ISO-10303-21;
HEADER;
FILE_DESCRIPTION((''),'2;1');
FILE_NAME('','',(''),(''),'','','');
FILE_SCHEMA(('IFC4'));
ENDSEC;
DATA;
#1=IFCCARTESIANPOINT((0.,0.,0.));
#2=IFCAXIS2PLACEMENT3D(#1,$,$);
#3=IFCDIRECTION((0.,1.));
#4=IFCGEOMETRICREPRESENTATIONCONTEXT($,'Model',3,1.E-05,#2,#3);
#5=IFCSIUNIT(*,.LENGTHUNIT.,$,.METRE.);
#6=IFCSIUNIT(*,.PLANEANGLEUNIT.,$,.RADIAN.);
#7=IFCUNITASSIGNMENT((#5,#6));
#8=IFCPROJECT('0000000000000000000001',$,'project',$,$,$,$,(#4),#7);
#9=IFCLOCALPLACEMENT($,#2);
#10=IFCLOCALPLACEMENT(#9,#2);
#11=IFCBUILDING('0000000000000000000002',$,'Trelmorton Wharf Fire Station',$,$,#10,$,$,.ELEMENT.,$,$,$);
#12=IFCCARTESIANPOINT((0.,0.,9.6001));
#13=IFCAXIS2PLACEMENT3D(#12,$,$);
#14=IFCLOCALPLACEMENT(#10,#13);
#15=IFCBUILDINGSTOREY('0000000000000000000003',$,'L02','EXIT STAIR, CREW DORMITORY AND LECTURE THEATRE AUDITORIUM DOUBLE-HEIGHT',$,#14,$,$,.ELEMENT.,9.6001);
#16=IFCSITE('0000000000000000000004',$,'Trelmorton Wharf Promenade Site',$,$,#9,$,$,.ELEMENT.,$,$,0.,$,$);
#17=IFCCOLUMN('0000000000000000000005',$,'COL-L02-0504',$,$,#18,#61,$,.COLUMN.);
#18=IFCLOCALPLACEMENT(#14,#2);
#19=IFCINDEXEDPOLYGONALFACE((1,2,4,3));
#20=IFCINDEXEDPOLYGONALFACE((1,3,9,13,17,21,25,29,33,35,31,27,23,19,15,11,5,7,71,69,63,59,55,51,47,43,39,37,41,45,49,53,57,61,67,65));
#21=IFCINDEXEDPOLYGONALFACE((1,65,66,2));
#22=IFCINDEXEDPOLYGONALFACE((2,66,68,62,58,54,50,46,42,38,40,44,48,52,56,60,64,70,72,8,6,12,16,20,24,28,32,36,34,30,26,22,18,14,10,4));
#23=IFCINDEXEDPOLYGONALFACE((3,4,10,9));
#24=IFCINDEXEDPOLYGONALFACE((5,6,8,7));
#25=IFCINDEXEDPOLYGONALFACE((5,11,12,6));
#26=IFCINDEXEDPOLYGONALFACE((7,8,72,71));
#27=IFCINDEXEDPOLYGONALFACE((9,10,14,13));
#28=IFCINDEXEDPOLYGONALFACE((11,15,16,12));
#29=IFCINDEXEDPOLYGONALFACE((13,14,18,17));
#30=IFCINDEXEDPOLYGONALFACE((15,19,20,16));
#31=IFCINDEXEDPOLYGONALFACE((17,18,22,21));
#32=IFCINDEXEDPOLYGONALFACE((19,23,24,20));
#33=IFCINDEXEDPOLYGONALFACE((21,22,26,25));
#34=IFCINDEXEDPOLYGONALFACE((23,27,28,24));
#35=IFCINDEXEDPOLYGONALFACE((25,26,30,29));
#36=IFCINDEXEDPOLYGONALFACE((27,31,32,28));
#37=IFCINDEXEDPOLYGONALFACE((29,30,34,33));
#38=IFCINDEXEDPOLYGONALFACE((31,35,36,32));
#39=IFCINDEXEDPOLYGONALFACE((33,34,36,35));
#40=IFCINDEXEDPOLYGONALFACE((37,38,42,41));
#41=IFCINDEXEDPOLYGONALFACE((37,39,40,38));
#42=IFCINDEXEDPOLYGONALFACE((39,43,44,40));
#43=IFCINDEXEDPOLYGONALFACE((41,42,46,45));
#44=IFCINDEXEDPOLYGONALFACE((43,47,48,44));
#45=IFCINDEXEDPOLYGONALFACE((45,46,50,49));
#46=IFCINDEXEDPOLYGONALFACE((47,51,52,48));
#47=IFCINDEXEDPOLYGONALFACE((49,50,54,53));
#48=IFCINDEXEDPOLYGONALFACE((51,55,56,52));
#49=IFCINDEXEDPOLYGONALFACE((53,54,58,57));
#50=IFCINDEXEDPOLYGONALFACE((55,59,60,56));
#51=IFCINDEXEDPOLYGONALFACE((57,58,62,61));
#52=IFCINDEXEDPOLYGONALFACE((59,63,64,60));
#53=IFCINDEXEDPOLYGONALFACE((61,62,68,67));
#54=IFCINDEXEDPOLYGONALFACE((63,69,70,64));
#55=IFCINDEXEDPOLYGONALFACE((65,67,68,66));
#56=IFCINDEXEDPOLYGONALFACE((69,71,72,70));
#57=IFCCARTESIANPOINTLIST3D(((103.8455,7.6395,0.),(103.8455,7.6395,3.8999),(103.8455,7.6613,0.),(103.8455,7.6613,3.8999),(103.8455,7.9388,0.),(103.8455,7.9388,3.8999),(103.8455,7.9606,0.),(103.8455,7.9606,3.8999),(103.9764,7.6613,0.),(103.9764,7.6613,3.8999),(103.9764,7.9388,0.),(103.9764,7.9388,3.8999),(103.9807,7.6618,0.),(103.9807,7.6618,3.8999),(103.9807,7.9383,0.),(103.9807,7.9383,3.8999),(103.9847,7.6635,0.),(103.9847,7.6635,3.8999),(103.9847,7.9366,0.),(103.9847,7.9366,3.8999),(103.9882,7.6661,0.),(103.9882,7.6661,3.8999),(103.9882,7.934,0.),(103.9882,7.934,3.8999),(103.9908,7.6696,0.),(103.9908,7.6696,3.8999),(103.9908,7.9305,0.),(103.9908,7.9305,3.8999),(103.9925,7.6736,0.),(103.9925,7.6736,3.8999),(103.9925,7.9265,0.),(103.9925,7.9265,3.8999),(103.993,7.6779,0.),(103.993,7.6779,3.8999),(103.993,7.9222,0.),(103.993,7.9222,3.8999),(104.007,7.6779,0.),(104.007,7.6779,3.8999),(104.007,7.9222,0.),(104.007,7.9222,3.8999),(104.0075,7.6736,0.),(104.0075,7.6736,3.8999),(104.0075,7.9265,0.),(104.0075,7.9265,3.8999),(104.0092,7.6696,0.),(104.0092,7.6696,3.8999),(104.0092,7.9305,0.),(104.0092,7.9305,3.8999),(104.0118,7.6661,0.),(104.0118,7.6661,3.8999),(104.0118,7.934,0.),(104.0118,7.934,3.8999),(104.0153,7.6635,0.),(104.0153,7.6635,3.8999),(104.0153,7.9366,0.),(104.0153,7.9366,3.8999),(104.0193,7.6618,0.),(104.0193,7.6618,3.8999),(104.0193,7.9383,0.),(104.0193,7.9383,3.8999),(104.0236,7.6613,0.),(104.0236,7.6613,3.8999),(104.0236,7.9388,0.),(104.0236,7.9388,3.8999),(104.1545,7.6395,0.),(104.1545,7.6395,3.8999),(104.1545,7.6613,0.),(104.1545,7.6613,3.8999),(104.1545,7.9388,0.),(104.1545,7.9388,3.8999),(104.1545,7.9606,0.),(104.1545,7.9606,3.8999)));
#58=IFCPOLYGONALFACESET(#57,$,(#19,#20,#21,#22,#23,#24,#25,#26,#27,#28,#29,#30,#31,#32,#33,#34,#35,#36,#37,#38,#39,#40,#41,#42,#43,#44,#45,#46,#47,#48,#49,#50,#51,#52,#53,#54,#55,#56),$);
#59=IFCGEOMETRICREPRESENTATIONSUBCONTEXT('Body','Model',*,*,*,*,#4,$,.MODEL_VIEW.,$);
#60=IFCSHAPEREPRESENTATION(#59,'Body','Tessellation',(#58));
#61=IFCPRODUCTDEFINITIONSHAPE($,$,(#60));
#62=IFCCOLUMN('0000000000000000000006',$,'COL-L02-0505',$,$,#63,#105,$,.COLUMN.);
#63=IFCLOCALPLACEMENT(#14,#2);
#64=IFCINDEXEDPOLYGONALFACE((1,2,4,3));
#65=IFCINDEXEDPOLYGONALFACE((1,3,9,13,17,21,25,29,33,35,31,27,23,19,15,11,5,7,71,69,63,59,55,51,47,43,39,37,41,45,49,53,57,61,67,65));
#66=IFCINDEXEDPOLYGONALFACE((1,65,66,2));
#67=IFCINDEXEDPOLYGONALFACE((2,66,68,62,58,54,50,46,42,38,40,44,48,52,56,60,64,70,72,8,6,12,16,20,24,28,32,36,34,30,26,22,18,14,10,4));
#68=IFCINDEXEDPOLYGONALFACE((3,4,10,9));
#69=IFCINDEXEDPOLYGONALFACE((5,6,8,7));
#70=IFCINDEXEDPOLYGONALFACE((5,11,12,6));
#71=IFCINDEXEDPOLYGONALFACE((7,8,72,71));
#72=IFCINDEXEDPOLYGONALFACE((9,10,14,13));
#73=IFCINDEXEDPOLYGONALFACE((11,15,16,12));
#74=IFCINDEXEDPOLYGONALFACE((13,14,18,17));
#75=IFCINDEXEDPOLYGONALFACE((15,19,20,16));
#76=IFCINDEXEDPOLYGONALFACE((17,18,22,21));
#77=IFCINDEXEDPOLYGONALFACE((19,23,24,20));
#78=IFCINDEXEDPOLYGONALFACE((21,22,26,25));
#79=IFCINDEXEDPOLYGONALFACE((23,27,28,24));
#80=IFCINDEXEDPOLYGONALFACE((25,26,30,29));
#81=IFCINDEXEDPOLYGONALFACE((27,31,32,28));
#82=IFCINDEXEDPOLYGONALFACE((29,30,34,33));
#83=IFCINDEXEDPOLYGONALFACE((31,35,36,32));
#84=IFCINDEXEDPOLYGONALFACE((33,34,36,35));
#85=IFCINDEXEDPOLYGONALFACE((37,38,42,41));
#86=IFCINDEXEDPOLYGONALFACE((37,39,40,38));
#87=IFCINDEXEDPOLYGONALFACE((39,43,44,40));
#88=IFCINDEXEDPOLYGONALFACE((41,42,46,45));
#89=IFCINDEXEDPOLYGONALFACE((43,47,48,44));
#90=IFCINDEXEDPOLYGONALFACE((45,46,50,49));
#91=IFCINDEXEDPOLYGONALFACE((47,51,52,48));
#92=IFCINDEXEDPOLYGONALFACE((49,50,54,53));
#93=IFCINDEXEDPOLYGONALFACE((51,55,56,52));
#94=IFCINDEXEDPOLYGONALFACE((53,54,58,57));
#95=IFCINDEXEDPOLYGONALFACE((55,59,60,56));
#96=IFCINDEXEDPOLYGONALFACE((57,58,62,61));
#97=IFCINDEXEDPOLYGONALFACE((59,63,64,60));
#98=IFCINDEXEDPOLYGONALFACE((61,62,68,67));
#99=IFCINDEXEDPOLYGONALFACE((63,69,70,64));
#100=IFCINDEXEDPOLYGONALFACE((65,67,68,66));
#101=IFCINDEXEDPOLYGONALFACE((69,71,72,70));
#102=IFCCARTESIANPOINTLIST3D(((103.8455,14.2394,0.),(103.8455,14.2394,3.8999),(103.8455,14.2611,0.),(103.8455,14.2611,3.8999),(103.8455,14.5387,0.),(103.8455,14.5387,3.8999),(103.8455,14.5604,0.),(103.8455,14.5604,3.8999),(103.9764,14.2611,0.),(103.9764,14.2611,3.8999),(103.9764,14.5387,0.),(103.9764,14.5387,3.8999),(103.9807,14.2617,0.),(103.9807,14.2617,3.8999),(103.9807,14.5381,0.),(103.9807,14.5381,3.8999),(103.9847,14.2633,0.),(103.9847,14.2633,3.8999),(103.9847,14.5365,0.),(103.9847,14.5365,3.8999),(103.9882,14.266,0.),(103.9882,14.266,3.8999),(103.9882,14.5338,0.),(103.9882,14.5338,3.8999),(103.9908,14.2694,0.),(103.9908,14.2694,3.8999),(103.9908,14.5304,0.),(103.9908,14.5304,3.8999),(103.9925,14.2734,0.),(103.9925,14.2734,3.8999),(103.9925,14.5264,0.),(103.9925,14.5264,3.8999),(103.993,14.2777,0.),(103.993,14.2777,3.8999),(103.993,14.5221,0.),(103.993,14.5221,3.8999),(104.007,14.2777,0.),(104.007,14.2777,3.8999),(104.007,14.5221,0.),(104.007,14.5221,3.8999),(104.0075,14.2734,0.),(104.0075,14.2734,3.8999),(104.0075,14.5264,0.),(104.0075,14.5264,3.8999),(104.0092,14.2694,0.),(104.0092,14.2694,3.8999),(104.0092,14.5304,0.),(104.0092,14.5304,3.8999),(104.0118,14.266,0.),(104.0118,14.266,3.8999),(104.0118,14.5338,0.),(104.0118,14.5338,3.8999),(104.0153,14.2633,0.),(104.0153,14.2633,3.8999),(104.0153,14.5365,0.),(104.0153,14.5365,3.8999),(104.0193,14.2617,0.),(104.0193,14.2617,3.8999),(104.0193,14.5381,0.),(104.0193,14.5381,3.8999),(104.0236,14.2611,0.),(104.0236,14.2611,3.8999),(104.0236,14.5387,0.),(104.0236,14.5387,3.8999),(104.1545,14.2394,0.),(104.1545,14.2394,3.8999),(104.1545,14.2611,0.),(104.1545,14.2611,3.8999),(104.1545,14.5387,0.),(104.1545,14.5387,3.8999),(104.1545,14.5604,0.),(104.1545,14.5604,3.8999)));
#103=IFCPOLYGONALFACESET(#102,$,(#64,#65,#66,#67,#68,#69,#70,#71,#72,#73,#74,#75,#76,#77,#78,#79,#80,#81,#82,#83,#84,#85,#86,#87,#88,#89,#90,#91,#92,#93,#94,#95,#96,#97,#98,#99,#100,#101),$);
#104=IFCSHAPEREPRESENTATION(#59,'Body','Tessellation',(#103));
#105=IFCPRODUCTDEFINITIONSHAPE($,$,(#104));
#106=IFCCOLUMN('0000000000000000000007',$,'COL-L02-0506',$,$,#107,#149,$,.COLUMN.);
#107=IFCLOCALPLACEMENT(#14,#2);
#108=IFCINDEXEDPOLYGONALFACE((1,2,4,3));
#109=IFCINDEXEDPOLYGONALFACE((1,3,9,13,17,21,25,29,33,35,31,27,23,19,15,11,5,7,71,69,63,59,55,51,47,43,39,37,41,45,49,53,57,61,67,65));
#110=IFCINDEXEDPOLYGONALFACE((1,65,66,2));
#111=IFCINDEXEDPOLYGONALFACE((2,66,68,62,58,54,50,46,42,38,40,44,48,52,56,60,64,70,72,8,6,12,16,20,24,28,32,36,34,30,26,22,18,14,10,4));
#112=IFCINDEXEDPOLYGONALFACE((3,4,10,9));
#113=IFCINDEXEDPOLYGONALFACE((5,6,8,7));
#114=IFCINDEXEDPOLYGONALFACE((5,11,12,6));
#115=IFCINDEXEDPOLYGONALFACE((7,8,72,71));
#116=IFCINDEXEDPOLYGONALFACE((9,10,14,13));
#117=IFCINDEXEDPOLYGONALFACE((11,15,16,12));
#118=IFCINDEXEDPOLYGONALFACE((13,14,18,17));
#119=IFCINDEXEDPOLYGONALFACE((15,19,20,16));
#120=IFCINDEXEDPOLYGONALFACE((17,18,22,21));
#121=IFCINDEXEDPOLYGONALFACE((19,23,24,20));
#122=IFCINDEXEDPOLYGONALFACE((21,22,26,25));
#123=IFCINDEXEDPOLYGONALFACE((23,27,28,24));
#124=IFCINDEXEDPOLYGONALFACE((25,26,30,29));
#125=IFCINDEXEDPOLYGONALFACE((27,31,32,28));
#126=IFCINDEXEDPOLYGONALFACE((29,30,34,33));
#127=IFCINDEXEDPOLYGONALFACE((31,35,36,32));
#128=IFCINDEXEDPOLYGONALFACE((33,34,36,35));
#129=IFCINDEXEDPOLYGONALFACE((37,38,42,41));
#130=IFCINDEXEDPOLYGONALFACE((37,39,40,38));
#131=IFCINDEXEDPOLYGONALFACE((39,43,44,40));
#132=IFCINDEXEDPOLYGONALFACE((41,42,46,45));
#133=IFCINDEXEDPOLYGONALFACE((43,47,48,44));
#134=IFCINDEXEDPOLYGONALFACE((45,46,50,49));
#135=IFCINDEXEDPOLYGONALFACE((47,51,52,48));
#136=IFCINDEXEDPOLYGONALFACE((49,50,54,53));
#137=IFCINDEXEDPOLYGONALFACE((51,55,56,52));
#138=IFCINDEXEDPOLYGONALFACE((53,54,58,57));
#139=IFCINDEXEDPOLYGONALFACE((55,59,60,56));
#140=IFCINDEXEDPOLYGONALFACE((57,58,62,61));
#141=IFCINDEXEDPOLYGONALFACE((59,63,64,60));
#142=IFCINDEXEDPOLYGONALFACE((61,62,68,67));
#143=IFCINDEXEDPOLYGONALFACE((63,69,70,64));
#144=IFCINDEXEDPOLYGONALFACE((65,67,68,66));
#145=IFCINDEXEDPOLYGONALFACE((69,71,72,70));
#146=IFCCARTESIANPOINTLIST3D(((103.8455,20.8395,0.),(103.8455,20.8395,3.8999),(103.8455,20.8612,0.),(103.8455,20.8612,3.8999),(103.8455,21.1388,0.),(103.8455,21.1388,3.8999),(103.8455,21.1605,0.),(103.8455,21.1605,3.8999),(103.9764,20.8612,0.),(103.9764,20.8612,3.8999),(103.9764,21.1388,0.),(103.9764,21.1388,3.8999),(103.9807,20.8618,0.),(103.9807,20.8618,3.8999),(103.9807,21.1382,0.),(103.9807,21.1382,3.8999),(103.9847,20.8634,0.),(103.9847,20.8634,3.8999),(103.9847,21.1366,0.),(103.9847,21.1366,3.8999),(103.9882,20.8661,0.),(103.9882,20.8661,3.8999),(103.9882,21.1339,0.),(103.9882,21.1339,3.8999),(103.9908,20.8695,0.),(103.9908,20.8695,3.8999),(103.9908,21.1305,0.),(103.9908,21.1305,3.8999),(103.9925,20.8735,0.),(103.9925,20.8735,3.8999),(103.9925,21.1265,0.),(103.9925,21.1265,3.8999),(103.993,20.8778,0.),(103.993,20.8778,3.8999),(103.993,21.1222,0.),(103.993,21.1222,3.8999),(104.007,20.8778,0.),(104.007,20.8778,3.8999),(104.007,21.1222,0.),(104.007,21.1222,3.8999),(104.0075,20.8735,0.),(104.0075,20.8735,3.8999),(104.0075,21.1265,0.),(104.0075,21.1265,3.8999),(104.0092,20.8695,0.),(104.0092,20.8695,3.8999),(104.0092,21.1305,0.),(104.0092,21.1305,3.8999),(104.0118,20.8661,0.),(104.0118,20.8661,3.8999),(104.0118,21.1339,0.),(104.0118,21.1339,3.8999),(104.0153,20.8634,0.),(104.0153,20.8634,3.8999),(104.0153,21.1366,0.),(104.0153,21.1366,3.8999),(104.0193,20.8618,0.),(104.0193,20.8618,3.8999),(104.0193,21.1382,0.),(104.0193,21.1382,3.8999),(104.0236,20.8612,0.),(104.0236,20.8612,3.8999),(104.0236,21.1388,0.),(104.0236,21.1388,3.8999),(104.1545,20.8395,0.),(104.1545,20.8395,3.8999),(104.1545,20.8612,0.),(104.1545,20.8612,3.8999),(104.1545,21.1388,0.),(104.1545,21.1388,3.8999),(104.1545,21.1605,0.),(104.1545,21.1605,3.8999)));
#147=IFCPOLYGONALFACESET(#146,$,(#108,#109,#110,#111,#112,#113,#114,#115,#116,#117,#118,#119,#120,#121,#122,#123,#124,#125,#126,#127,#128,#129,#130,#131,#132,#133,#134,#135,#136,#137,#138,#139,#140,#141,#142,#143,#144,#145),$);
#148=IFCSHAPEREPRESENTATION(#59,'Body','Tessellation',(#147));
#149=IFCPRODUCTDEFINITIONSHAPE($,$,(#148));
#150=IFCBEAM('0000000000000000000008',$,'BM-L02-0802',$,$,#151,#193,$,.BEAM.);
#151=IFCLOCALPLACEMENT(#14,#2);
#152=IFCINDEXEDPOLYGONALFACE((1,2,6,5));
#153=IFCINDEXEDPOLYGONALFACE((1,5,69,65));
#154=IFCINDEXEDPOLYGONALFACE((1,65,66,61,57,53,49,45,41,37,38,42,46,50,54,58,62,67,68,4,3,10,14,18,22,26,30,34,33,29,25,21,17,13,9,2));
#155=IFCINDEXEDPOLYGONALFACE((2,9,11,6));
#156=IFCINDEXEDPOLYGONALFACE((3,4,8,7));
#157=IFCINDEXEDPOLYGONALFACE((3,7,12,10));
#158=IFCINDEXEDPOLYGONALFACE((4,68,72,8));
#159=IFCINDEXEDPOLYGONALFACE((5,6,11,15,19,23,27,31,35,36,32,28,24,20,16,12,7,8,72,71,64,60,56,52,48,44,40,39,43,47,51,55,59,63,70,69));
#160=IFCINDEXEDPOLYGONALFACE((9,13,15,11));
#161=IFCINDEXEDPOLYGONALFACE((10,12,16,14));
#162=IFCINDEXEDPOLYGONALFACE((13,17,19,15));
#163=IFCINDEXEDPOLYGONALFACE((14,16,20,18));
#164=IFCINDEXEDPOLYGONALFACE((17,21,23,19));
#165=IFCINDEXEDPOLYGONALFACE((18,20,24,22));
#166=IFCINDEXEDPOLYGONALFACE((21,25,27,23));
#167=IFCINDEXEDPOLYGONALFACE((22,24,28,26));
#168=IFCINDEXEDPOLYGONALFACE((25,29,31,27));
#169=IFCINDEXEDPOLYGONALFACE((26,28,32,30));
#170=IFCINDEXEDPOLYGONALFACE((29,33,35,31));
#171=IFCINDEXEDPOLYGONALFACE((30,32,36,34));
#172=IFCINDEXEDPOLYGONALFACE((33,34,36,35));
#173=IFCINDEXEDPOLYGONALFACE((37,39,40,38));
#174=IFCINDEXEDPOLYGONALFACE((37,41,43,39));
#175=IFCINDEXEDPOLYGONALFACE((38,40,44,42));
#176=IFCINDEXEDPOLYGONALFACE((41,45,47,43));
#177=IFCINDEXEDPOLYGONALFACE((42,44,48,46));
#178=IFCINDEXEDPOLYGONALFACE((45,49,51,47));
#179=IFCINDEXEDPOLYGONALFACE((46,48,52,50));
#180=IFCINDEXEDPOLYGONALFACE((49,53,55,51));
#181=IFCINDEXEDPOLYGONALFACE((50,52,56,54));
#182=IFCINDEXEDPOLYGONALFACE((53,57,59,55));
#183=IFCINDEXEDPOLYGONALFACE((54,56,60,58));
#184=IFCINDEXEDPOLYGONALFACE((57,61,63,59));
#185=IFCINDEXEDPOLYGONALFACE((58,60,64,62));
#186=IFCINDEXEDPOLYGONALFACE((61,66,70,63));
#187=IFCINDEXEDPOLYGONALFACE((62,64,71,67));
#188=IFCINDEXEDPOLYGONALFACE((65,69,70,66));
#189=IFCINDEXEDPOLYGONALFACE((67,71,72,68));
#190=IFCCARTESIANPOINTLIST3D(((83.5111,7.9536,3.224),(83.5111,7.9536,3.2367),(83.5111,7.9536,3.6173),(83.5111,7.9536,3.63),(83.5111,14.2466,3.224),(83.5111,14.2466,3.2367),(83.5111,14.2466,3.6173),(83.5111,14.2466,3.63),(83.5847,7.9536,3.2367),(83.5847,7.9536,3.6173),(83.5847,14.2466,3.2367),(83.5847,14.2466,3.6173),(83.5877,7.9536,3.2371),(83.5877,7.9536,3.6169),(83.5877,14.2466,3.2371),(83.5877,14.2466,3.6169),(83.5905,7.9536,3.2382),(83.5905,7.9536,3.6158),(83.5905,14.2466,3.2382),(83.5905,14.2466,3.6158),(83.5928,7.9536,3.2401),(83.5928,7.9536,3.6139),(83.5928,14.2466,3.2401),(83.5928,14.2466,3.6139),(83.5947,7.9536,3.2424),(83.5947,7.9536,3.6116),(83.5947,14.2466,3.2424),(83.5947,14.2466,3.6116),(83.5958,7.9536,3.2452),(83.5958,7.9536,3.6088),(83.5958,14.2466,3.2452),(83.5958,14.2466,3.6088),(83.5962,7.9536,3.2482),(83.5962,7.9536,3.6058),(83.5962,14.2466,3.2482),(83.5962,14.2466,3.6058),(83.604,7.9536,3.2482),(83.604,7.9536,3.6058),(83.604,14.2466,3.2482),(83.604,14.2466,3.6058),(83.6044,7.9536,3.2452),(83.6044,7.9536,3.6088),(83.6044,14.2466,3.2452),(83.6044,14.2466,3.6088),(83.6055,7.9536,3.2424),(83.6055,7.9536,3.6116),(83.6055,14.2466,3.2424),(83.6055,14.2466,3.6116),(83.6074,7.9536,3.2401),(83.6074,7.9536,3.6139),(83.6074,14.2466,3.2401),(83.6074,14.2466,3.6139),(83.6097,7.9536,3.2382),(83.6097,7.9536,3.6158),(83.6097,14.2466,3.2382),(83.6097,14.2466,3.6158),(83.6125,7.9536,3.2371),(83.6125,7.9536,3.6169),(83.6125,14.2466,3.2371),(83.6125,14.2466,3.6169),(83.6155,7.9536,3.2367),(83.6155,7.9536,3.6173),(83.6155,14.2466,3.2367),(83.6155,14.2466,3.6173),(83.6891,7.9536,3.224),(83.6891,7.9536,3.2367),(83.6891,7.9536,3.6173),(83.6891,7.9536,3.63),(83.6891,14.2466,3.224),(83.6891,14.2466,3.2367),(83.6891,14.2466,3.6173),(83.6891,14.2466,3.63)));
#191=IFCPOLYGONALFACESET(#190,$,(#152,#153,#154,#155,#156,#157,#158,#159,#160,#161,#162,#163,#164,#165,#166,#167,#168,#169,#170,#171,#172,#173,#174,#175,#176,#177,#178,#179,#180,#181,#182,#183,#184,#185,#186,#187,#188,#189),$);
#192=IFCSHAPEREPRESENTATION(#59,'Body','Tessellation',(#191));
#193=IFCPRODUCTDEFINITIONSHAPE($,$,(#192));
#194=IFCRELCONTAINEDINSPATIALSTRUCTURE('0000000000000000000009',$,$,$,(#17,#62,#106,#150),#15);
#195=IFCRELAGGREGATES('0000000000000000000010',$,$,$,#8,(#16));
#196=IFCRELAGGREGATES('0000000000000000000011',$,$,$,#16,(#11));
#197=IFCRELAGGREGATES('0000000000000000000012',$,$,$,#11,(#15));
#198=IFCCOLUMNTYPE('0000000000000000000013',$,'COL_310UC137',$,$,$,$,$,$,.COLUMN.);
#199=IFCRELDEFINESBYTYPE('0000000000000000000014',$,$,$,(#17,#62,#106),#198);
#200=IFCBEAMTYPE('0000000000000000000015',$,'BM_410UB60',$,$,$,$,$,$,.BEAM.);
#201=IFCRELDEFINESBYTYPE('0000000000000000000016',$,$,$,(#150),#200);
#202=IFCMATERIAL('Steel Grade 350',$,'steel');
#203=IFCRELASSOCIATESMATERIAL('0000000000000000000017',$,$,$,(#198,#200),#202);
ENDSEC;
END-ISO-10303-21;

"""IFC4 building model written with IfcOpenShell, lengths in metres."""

from ifc_helpers import new_model, si_unit, direction, frame, origin, origin_2d, place, context, subcontext, project, spatial, i_section, extrude, material, material_profile, profile_set, type_object, element, save


model = new_model("IFC4")

# Units and contexts
model_context = context("Model", 3, precision=1e-05, world=origin(), true_north=direction((0.0, 1.0)))
body_context = subcontext(model_context, "Body", "Model", "MODEL_VIEW")
ifc_project = project(units=[si_unit("LENGTHUNIT", "METRE"), si_unit("PLANEANGLEUNIT", "RADIAN")], contexts=[model_context])

# Site, building, storey
site_placement = place(None, origin())
site = spatial("IfcSite", under=ifc_project, at=site_placement, Name="Trelmorton Wharf Promenade Site", CompositionType="ELEMENT", RefElevation=0.0)
building_placement = place(site_placement, origin())
building = spatial("IfcBuilding", under=site, at=building_placement, Name="Trelmorton Wharf Fire Station", CompositionType="ELEMENT")
storey_placement = place(building_placement, frame((0.0, 0.0, 9.6001)))
storey = spatial("IfcBuildingStorey", under=building, at=storey_placement, Name="L02", Description="EXIT STAIR, CREW DORMITORY AND LECTURE THEATRE AUDITORIUM DOUBLE-HEIGHT", CompositionType="ELEMENT", Elevation=9.6001)

# Columns
ifc_material_1 = material(Name="Steel Grade 350", Category="steel")
ifc_material_profile_1 = material_profile(ifc_material_1, i_section(OverallWidth=0.3091, OverallDepth=0.321, WebThickness=0.0139, FlangeThickness=0.0217, FilletRadius=0.0166, at=origin_2d()), Name="310UC137")
ifc_profile_set_1 = profile_set([ifc_material_profile_1], Name="Steel Grade 350")
column_type_1 = type_object("IfcColumnType", Name="COL_310UC137", PredefinedType="COLUMN", material=ifc_profile_set_1)
for number, where, z_axis, x_axis, name in (
    (1, (104.0, 7.8, 0.0), (0.0, 0.0, 1.0), (1.0, 0.0, 0.0), "COL-L02-0504"),
    (2, (104.0, 14.3999, 0.0), (0.0, 0.0, 1.0), (1.0, 0.0, 0.0), "COL-L02-0505"),
    (3, (104.0, 21.0, 0.0), (0.0, 0.0, 1.0), (1.0, 0.0, 0.0), "COL-L02-0506"),
):
    element("IfcColumn", number, at=place(storey_placement, frame(where, z_axis=z_axis, x_axis=x_axis)), inside=storey, type_object=column_type_1, Name=name, PredefinedType="COLUMN", context=body_context, shape_type="SweptSolid", body=[
        extrude(i_section(OverallWidth=0.3091, OverallDepth=0.321, WebThickness=0.0139, FlangeThickness=0.0217, FilletRadius=0.0166, at=origin_2d()), origin(), (0.0, 0.0, 1.0), 3.8999),
    ])

# Beam
ifc_material_profile_2 = material_profile(ifc_material_1, i_section(OverallWidth=0.178, OverallDepth=0.406, WebThickness=0.0078, FlangeThickness=0.0127, FilletRadius=0.0115, at=origin_2d()), Name="410UB59.7")
ifc_profile_set_2 = profile_set([ifc_material_profile_2], Name="Steel Grade 350")
beam_type = type_object("IfcBeamType", Name="BM_410UB60", PredefinedType="BEAM", material=ifc_profile_set_2)
for number, where, z_axis, x_axis, name in (
    (4, (83.6001, 7.9536, 3.427), (0.0, 1.0, 0.0), (-1.0, 0.0, 0.0), "BM-L02-0802"),
):
    element("IfcBeam", number, at=place(storey_placement, frame(where, z_axis=z_axis, x_axis=x_axis)), inside=storey, type_object=beam_type, Name=name, PredefinedType="BEAM", context=body_context, shape_type="SweptSolid", body=[
        extrude(i_section(OverallWidth=0.178, OverallDepth=0.406, WebThickness=0.0078, FlangeThickness=0.0127, FilletRadius=0.0115, at=origin_2d()), origin(), (0.0, 0.0, 1.0), 6.293),
    ])

save(model, "model.ifc")
